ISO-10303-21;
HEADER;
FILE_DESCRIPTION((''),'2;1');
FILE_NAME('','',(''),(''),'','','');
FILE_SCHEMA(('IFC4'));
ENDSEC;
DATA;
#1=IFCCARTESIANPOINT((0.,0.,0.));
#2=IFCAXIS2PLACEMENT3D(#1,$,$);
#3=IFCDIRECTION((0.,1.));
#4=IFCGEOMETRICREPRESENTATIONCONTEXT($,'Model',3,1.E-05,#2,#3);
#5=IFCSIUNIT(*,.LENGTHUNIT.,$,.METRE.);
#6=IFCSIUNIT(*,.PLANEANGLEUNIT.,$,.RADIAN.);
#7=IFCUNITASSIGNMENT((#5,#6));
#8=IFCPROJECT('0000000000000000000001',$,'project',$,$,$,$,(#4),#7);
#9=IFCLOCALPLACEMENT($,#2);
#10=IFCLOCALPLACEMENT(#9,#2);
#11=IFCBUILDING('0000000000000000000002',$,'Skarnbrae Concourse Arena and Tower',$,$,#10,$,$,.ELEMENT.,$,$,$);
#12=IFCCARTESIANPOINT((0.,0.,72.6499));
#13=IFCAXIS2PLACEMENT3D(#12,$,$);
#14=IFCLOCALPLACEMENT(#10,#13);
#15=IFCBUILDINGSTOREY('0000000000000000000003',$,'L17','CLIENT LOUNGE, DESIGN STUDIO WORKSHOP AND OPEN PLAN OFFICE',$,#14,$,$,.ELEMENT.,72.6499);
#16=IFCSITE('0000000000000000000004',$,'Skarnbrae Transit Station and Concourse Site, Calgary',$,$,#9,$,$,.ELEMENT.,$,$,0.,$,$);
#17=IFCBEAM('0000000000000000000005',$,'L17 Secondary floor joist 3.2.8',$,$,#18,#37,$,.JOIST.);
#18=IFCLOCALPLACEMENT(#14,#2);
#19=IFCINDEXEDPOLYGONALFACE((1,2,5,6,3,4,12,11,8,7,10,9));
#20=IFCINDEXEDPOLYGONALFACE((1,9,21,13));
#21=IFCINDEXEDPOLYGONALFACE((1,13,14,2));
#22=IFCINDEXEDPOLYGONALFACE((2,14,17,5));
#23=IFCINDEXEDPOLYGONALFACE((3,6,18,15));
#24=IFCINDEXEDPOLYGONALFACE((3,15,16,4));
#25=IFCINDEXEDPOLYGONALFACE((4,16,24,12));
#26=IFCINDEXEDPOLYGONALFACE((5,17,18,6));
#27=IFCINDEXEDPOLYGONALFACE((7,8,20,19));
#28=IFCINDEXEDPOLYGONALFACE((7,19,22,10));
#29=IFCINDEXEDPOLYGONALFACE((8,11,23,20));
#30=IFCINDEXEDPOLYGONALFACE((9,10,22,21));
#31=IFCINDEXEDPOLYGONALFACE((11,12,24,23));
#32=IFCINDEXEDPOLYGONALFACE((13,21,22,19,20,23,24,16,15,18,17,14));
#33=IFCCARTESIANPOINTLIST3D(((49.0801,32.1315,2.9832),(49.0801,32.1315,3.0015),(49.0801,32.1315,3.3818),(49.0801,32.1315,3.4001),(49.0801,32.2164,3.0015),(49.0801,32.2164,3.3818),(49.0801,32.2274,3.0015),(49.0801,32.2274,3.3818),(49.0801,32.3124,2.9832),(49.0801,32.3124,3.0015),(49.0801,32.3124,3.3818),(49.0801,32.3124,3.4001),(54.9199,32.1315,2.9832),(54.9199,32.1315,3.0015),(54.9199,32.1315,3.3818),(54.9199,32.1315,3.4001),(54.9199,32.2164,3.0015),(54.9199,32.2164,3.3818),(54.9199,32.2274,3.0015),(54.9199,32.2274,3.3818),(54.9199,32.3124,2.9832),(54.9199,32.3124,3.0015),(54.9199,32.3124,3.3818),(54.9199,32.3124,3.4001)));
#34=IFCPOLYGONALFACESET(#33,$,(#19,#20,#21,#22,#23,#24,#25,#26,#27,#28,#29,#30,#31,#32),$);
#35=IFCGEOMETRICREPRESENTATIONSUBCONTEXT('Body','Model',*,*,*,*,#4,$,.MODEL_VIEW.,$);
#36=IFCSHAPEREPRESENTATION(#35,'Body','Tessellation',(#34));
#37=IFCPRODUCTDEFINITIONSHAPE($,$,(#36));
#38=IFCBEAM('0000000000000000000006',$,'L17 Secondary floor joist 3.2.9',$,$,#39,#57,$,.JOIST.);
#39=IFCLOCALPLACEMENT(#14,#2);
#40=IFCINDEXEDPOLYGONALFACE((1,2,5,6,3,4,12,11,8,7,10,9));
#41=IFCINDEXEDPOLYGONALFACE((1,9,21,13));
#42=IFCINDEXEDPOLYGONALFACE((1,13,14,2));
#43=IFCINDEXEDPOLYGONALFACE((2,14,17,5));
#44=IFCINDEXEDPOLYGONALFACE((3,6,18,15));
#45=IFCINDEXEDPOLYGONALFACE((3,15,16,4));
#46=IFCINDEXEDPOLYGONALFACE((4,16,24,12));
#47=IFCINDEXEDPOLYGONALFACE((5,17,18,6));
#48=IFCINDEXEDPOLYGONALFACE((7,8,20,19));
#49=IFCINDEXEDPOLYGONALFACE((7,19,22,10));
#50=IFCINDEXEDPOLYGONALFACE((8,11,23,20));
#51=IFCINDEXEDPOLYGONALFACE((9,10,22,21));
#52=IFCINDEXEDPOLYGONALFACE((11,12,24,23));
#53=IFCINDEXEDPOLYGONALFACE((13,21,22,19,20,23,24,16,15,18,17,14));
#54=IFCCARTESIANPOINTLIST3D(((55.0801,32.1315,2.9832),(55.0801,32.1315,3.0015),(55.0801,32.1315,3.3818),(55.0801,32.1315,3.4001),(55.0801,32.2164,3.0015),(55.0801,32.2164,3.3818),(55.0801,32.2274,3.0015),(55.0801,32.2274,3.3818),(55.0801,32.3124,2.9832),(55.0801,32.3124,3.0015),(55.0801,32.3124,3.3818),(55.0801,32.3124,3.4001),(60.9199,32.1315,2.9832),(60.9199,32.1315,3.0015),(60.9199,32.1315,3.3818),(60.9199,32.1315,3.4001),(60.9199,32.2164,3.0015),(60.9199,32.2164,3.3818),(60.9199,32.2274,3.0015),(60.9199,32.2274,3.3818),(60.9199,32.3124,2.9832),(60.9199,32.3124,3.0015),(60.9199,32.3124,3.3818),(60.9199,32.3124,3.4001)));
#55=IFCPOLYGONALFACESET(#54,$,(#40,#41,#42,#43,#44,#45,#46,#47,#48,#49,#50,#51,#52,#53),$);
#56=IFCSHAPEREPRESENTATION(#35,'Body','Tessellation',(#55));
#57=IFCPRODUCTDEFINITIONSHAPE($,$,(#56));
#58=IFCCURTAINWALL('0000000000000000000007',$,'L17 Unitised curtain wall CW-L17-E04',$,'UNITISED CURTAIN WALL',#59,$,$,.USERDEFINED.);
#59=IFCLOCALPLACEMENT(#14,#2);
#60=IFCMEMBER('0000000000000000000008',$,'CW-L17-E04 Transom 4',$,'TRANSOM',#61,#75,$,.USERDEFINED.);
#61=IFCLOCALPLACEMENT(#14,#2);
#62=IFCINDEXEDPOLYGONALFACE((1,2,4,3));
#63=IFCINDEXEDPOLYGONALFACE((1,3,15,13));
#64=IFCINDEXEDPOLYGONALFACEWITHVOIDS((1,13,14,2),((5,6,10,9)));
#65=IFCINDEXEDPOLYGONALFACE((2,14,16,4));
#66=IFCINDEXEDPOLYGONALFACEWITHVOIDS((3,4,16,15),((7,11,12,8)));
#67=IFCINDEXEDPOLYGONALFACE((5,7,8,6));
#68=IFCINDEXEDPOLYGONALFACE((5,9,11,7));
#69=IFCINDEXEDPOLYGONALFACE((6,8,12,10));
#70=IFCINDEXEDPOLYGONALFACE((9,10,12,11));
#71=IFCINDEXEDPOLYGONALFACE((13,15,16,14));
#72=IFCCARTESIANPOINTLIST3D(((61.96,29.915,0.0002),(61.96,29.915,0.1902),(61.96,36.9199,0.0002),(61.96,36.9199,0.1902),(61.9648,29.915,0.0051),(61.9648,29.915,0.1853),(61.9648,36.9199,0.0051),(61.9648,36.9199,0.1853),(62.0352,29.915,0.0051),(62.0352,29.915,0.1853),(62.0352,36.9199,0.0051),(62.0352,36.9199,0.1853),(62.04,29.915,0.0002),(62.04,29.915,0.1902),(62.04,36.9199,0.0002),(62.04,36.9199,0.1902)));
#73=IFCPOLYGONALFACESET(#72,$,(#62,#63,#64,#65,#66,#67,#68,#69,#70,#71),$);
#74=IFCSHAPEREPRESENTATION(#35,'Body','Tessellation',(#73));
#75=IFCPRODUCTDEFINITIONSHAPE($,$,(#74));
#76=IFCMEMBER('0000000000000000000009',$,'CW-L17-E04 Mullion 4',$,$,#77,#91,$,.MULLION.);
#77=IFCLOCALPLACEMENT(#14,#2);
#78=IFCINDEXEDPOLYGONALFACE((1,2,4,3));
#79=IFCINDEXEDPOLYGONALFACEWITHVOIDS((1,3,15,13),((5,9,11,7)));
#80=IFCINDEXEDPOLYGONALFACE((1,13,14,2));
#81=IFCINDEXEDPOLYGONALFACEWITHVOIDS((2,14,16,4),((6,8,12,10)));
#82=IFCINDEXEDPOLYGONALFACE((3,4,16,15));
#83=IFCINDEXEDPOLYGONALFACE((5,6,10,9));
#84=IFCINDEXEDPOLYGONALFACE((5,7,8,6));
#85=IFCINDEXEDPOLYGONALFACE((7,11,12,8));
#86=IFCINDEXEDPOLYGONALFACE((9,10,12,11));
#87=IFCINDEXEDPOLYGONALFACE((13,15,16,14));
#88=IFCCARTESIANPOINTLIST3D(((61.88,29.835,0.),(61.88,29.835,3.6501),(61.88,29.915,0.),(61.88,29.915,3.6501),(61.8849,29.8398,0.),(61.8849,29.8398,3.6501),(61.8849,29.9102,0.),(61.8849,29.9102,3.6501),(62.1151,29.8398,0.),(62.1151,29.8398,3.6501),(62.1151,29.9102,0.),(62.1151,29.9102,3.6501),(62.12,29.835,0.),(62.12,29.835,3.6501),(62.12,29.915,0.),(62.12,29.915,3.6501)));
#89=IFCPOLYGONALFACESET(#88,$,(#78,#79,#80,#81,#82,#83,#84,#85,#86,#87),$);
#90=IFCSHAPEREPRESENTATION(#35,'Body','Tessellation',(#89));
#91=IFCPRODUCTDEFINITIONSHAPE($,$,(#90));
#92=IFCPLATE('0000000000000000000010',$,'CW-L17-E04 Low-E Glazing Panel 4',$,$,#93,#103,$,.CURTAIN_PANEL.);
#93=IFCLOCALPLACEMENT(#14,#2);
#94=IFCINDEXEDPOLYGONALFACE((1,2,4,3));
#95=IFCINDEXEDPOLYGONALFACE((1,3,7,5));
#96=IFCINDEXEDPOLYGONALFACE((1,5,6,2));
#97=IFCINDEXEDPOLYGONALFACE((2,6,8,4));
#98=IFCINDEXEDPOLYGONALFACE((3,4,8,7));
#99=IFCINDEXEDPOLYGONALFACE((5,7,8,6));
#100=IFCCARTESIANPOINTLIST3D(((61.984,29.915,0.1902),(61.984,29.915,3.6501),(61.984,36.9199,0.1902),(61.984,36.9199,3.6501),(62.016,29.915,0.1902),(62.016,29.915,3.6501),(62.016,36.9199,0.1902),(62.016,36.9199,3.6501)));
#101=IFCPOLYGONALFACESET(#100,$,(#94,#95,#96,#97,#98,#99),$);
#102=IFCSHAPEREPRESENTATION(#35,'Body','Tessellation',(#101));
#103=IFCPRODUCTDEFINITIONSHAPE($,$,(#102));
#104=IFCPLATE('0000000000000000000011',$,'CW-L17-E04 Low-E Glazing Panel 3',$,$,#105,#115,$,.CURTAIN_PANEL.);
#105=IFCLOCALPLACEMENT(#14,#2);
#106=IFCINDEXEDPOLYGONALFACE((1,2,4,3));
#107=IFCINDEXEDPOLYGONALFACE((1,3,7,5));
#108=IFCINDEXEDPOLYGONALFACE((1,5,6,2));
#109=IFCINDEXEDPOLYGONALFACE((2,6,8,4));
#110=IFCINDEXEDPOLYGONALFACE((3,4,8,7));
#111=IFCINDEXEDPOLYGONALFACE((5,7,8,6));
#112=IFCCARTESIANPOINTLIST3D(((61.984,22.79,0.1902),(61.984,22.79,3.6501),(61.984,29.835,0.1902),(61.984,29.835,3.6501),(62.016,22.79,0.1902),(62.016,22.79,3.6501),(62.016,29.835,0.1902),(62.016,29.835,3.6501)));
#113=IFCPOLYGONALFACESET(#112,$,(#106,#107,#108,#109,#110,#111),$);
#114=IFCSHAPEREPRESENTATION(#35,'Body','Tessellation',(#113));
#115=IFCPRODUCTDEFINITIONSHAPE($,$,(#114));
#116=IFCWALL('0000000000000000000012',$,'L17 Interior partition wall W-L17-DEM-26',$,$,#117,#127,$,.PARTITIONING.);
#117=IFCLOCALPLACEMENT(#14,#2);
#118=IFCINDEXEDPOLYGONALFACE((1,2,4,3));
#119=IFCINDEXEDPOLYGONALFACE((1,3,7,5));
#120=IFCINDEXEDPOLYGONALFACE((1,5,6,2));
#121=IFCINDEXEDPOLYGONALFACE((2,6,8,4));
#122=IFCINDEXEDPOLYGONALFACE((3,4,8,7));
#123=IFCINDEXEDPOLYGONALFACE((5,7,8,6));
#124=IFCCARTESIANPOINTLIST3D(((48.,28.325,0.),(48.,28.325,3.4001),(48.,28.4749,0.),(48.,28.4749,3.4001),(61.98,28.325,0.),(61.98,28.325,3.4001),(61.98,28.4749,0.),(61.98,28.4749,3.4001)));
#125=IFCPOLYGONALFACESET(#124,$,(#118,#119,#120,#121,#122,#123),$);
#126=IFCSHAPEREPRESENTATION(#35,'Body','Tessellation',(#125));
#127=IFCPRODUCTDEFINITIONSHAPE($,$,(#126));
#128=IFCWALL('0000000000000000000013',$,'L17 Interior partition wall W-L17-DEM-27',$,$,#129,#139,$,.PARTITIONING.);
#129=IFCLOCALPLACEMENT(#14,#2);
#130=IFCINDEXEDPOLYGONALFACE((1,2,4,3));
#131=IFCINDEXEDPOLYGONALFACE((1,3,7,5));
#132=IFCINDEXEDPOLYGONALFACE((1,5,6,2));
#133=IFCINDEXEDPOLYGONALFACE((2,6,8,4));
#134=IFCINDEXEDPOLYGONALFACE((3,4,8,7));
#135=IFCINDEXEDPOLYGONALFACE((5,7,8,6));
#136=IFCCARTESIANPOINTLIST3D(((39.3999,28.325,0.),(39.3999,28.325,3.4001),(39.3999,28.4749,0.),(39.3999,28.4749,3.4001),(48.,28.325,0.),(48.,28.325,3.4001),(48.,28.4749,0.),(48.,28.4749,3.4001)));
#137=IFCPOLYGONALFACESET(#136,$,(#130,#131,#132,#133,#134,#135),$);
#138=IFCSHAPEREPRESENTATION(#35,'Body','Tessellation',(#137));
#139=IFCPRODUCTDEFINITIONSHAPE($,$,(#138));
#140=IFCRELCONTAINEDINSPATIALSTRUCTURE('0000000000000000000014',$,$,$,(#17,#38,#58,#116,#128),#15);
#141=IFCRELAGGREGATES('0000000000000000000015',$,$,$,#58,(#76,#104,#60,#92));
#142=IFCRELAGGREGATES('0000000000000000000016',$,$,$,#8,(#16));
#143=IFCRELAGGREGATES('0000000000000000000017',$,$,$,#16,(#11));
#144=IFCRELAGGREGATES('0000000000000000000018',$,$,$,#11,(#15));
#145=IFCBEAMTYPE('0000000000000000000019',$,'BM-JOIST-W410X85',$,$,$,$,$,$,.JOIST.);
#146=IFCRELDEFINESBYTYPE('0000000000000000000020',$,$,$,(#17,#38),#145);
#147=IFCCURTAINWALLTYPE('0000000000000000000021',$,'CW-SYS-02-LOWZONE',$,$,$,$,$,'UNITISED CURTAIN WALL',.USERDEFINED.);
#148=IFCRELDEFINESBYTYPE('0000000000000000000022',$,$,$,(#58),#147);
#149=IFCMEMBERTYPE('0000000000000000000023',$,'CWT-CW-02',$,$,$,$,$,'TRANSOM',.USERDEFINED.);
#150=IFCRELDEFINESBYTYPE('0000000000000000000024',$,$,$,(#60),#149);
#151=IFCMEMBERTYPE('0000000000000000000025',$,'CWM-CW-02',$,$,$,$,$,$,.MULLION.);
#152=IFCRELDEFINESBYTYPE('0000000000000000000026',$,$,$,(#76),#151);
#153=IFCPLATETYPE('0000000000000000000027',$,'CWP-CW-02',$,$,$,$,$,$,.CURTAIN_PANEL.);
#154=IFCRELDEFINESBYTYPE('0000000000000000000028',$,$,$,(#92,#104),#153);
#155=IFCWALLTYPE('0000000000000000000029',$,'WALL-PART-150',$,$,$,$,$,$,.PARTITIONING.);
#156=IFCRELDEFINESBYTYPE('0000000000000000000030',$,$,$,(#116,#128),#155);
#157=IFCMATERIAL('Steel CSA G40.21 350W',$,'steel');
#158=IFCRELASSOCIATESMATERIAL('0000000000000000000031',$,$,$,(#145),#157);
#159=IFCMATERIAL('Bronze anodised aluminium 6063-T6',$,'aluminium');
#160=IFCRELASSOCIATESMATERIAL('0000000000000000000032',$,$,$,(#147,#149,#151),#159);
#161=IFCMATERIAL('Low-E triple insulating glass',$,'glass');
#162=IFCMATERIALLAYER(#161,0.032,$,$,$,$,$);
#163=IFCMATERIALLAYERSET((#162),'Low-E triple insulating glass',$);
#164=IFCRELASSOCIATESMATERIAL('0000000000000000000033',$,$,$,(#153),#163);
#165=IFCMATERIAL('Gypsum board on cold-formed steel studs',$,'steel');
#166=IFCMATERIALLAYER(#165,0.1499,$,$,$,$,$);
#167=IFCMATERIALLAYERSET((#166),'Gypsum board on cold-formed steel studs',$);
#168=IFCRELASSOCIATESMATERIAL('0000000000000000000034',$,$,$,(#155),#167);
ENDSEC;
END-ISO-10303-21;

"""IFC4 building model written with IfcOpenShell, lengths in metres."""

from ifc_helpers import new_model, si_unit, direction, frame, frame_2d, origin, origin_2d, place, context, subcontext, project, spatial, rectangle, hollow_rectangle, i_section, extrude, source, transform, mapped, material, layer, layer_set, material_profile, profile_set, type_object, element, aggregate, save


model = new_model("IFC4")

# Units and contexts
model_context = context("Model", 3, precision=1e-05, world=origin(), true_north=direction((0.0, 1.0)))
body_context = subcontext(model_context, "Body", "Model", "MODEL_VIEW")
ifc_project = project(units=[si_unit("LENGTHUNIT", "METRE"), si_unit("PLANEANGLEUNIT", "RADIAN")], contexts=[model_context])

# Site, building, storey
site_placement = place(None, origin())
site = spatial("IfcSite", under=ifc_project, at=site_placement, Name="Skarnbrae Transit Station and Concourse Site, Calgary", CompositionType="ELEMENT", RefElevation=0.0)
building_placement = place(site_placement, origin())
building = spatial("IfcBuilding", under=site, at=building_placement, Name="Skarnbrae Concourse Arena and Tower", CompositionType="ELEMENT")
storey_placement = place(building_placement, frame((0.0, 0.0, 72.6499)))
storey = spatial("IfcBuildingStorey", under=building, at=storey_placement, Name="L17", Description="CLIENT LOUNGE, DESIGN STUDIO WORKSHOP AND OPEN PLAN OFFICE", CompositionType="ELEMENT", Elevation=72.6499)

# Shared definitions
ifc_material_1 = material(Name="Steel CSA G40.21 350W", Category="steel")

# Beams
ifc_material_profile_1 = material_profile(ifc_material_1, i_section(OverallWidth=0.1809, OverallDepth=0.417, WebThickness=0.011, FlangeThickness=0.0183, at=origin_2d()), Name="W410X85")
ifc_profile_set_1 = profile_set([ifc_material_profile_1], Name="Steel CSA G40.21 350W")
beam_type_1 = type_object("IfcBeamType", Name="BM-JOIST-W410X85", PredefinedType="JOIST", material=ifc_profile_set_1)
shared_shape_1 = source(origin(), body_context, "Body", "SweptSolid", [
    extrude(i_section(OverallWidth=0.1809, OverallDepth=0.417, WebThickness=0.011, FlangeThickness=0.0183, at=origin_2d()), origin(), (0.0, 0.0, 1.0), 5.8398),
])
for number, where, z_axis, x_axis, name in (
    (1, (49.0801, 32.2219, 3.1917), (1.0, 0.0, 0.0), (0.0, 1.0, 0.0), "L17 Secondary floor joist 3.2.8"),
    (2, (55.0801, 32.2219, 3.1917), (1.0, 0.0, 0.0), (0.0, 1.0, 0.0), "L17 Secondary floor joist 3.2.9"),
):
    element("IfcBeam", number, at=place(storey_placement, frame(where, z_axis=z_axis, x_axis=x_axis)), inside=storey, type_object=beam_type_1, Name=name, PredefinedType="JOIST", context=body_context, shape_type="MappedRepresentation", body=[
        mapped(shared_shape_1, transform((0.0, 0.0, 0.0))),
    ])

# Curtain wall, members, plates
ifc_material_2 = material(Name="Bronze anodised aluminium 6063-T6", Category="aluminium")
curtain_wall_type = type_object("IfcCurtainWallType", Name="CW-SYS-02-LOWZONE", ElementType="UNITISED CURTAIN WALL", PredefinedType="USERDEFINED", material=ifc_material_2)
curtain_wall_placement = place(storey_placement, origin())
curtain_wall = element("IfcCurtainWall", 3, at=curtain_wall_placement, inside=storey, type_object=curtain_wall_type, Name="L17 Unitised curtain wall CW-L17-E04", ObjectType="UNITISED CURTAIN WALL", PredefinedType="USERDEFINED")
ifc_material_profile_2 = material_profile(ifc_material_2, hollow_rectangle(XDim=0.0801, YDim=0.1899, WallThickness=0.0049, at=origin_2d()), Name="ALU-TRAN-80X190")
ifc_profile_set_2 = profile_set([ifc_material_profile_2], Name="Bronze anodised aluminium 6063-T6")
member_type_1 = type_object("IfcMemberType", Name="CWT-CW-02", ElementType="TRANSOM", PredefinedType="USERDEFINED", material=ifc_profile_set_2)
shared_shape_2 = source(origin(), body_context, "Body", "SweptSolid", [
    extrude(hollow_rectangle(XDim=0.0801, YDim=0.1899, WallThickness=0.0049, at=origin_2d()), origin(), (0.0, 0.0, 1.0), 7.0049),
])
member_1_placement = place(storey_placement, frame((62.0, 29.915, 0.0952), z_axis=(0.0, 1.0, 0.0), x_axis=(-1.0, 0.0, 0.0)))
member_1 = element("IfcMember", 4, at=member_1_placement, type_object=member_type_1, Name="CW-L17-E04 Transom 4", ObjectType="TRANSOM", PredefinedType="USERDEFINED", context=body_context, shape_type="MappedRepresentation", body=[
    mapped(shared_shape_2, transform((0.0, 0.0, 0.0))),
])
ifc_material_profile_3 = material_profile(ifc_material_2, hollow_rectangle(XDim=0.0801, YDim=0.24, WallThickness=0.0049, at=origin_2d()), Name="ALU-MULL-80X240")
ifc_profile_set_3 = profile_set([ifc_material_profile_3], Name="Bronze anodised aluminium 6063-T6")
member_type_2 = type_object("IfcMemberType", Name="CWM-CW-02", PredefinedType="MULLION", material=ifc_profile_set_3)
shared_shape_3 = source(origin(), body_context, "Body", "SweptSolid", [
    extrude(hollow_rectangle(XDim=0.0801, YDim=0.24, WallThickness=0.0049, at=origin_2d()), origin(), (0.0, 0.0, 1.0), 3.6501),
])
member_2_placement = place(storey_placement, frame((62.0, 29.875, 0.0), z_axis=(0.0, 0.0, 1.0), x_axis=(0.0, 1.0, 0.0)))
member_2 = element("IfcMember", 5, at=member_2_placement, type_object=member_type_2, Name="CW-L17-E04 Mullion 4", PredefinedType="MULLION", context=body_context, shape_type="MappedRepresentation", body=[
    mapped(shared_shape_3, transform((0.0, 0.0, 0.0))),
])
ifc_material_3 = material(Name="Low-E triple insulating glass", Category="glass")
ifc_layer_1 = layer(ifc_material_3, 0.032)
ifc_layer_set_1 = layer_set([ifc_layer_1], Name="Low-E triple insulating glass")
plate_type = type_object("IfcPlateType", Name="CWP-CW-02", PredefinedType="CURTAIN_PANEL", material=ifc_layer_set_1)
shared_shape_4 = source(origin(), body_context, "Body", "SweptSolid", [
    extrude(rectangle(XDim=7.0049, YDim=0.032, at=origin_2d()), origin(), (0.0, 0.0, 1.0), 3.46),
])
plate_1_placement = place(storey_placement, frame((62.0, 33.4175, 0.1902), z_axis=(0.0, 0.0, 1.0), x_axis=(0.0, 1.0, 0.0)))
plate_1 = element("IfcPlate", 6, at=plate_1_placement, type_object=plate_type, Name="CW-L17-E04 Low-E Glazing Panel 4", PredefinedType="CURTAIN_PANEL", context=body_context, shape_type="MappedRepresentation", body=[
    mapped(shared_shape_4, transform((0.0, 0.0, 0.0))),
])
shared_shape_5 = source(origin(), body_context, "Body", "SweptSolid", [
    extrude(rectangle(XDim=7.0449, YDim=0.032, at=origin_2d()), origin(), (0.0, 0.0, 1.0), 3.46),
])
plate_2_placement = place(storey_placement, frame((62.0, 26.3125, 0.1902), z_axis=(0.0, 0.0, 1.0), x_axis=(0.0, 1.0, 0.0)))
plate_2 = element("IfcPlate", 7, at=plate_2_placement, type_object=plate_type, Name="CW-L17-E04 Low-E Glazing Panel 3", PredefinedType="CURTAIN_PANEL", context=body_context, shape_type="MappedRepresentation", body=[
    mapped(shared_shape_5, transform((0.0, 0.0, 0.0))),
])
aggregate(curtain_wall, [member_2, plate_2, member_1, plate_1])

# Walls
ifc_material_4 = material(Name="Gypsum board on cold-formed steel studs", Category="steel")
ifc_layer_2 = layer(ifc_material_4, 0.1499)
ifc_layer_set_2 = layer_set([ifc_layer_2], Name="Gypsum board on cold-formed steel studs")
wall_type = type_object("IfcWallType", Name="WALL-PART-150", PredefinedType="PARTITIONING", material=ifc_layer_set_2)
shared_shape_6 = source(origin(), body_context, "Body", "SweptSolid", [
    extrude(rectangle(XDim=13.98, YDim=0.1499, at=frame_2d((6.99, 0.0))), origin(), (0.0, 0.0, 1.0), 3.4001),
])
wall_1_placement = place(storey_placement, frame((61.98, 28.3999, 0.0), z_axis=(0.0, 0.0, 1.0), x_axis=(-1.0, 0.0, 0.0)))
element("IfcWall", 8, at=wall_1_placement, inside=storey, type_object=wall_type, Name="L17 Interior partition wall W-L17-DEM-26", PredefinedType="PARTITIONING", context=body_context, shape_type="MappedRepresentation", body=[
    mapped(shared_shape_6, transform((0.0, 0.0, 0.0))),
])
shared_shape_7 = source(origin(), body_context, "Body", "SweptSolid", [
    extrude(rectangle(XDim=8.6001, YDim=0.1499, at=frame_2d((4.3, 0.0))), origin(), (0.0, 0.0, 1.0), 3.4001),
])
wall_2_placement = place(storey_placement, frame((48.0, 28.3999, 0.0), z_axis=(0.0, 0.0, 1.0), x_axis=(-1.0, 0.0, 0.0)))
element("IfcWall", 9, at=wall_2_placement, inside=storey, type_object=wall_type, Name="L17 Interior partition wall W-L17-DEM-27", PredefinedType="PARTITIONING", context=body_context, shape_type="MappedRepresentation", body=[
    mapped(shared_shape_7, transform((0.0, 0.0, 0.0))),
])

save(model, "model.ifc")
